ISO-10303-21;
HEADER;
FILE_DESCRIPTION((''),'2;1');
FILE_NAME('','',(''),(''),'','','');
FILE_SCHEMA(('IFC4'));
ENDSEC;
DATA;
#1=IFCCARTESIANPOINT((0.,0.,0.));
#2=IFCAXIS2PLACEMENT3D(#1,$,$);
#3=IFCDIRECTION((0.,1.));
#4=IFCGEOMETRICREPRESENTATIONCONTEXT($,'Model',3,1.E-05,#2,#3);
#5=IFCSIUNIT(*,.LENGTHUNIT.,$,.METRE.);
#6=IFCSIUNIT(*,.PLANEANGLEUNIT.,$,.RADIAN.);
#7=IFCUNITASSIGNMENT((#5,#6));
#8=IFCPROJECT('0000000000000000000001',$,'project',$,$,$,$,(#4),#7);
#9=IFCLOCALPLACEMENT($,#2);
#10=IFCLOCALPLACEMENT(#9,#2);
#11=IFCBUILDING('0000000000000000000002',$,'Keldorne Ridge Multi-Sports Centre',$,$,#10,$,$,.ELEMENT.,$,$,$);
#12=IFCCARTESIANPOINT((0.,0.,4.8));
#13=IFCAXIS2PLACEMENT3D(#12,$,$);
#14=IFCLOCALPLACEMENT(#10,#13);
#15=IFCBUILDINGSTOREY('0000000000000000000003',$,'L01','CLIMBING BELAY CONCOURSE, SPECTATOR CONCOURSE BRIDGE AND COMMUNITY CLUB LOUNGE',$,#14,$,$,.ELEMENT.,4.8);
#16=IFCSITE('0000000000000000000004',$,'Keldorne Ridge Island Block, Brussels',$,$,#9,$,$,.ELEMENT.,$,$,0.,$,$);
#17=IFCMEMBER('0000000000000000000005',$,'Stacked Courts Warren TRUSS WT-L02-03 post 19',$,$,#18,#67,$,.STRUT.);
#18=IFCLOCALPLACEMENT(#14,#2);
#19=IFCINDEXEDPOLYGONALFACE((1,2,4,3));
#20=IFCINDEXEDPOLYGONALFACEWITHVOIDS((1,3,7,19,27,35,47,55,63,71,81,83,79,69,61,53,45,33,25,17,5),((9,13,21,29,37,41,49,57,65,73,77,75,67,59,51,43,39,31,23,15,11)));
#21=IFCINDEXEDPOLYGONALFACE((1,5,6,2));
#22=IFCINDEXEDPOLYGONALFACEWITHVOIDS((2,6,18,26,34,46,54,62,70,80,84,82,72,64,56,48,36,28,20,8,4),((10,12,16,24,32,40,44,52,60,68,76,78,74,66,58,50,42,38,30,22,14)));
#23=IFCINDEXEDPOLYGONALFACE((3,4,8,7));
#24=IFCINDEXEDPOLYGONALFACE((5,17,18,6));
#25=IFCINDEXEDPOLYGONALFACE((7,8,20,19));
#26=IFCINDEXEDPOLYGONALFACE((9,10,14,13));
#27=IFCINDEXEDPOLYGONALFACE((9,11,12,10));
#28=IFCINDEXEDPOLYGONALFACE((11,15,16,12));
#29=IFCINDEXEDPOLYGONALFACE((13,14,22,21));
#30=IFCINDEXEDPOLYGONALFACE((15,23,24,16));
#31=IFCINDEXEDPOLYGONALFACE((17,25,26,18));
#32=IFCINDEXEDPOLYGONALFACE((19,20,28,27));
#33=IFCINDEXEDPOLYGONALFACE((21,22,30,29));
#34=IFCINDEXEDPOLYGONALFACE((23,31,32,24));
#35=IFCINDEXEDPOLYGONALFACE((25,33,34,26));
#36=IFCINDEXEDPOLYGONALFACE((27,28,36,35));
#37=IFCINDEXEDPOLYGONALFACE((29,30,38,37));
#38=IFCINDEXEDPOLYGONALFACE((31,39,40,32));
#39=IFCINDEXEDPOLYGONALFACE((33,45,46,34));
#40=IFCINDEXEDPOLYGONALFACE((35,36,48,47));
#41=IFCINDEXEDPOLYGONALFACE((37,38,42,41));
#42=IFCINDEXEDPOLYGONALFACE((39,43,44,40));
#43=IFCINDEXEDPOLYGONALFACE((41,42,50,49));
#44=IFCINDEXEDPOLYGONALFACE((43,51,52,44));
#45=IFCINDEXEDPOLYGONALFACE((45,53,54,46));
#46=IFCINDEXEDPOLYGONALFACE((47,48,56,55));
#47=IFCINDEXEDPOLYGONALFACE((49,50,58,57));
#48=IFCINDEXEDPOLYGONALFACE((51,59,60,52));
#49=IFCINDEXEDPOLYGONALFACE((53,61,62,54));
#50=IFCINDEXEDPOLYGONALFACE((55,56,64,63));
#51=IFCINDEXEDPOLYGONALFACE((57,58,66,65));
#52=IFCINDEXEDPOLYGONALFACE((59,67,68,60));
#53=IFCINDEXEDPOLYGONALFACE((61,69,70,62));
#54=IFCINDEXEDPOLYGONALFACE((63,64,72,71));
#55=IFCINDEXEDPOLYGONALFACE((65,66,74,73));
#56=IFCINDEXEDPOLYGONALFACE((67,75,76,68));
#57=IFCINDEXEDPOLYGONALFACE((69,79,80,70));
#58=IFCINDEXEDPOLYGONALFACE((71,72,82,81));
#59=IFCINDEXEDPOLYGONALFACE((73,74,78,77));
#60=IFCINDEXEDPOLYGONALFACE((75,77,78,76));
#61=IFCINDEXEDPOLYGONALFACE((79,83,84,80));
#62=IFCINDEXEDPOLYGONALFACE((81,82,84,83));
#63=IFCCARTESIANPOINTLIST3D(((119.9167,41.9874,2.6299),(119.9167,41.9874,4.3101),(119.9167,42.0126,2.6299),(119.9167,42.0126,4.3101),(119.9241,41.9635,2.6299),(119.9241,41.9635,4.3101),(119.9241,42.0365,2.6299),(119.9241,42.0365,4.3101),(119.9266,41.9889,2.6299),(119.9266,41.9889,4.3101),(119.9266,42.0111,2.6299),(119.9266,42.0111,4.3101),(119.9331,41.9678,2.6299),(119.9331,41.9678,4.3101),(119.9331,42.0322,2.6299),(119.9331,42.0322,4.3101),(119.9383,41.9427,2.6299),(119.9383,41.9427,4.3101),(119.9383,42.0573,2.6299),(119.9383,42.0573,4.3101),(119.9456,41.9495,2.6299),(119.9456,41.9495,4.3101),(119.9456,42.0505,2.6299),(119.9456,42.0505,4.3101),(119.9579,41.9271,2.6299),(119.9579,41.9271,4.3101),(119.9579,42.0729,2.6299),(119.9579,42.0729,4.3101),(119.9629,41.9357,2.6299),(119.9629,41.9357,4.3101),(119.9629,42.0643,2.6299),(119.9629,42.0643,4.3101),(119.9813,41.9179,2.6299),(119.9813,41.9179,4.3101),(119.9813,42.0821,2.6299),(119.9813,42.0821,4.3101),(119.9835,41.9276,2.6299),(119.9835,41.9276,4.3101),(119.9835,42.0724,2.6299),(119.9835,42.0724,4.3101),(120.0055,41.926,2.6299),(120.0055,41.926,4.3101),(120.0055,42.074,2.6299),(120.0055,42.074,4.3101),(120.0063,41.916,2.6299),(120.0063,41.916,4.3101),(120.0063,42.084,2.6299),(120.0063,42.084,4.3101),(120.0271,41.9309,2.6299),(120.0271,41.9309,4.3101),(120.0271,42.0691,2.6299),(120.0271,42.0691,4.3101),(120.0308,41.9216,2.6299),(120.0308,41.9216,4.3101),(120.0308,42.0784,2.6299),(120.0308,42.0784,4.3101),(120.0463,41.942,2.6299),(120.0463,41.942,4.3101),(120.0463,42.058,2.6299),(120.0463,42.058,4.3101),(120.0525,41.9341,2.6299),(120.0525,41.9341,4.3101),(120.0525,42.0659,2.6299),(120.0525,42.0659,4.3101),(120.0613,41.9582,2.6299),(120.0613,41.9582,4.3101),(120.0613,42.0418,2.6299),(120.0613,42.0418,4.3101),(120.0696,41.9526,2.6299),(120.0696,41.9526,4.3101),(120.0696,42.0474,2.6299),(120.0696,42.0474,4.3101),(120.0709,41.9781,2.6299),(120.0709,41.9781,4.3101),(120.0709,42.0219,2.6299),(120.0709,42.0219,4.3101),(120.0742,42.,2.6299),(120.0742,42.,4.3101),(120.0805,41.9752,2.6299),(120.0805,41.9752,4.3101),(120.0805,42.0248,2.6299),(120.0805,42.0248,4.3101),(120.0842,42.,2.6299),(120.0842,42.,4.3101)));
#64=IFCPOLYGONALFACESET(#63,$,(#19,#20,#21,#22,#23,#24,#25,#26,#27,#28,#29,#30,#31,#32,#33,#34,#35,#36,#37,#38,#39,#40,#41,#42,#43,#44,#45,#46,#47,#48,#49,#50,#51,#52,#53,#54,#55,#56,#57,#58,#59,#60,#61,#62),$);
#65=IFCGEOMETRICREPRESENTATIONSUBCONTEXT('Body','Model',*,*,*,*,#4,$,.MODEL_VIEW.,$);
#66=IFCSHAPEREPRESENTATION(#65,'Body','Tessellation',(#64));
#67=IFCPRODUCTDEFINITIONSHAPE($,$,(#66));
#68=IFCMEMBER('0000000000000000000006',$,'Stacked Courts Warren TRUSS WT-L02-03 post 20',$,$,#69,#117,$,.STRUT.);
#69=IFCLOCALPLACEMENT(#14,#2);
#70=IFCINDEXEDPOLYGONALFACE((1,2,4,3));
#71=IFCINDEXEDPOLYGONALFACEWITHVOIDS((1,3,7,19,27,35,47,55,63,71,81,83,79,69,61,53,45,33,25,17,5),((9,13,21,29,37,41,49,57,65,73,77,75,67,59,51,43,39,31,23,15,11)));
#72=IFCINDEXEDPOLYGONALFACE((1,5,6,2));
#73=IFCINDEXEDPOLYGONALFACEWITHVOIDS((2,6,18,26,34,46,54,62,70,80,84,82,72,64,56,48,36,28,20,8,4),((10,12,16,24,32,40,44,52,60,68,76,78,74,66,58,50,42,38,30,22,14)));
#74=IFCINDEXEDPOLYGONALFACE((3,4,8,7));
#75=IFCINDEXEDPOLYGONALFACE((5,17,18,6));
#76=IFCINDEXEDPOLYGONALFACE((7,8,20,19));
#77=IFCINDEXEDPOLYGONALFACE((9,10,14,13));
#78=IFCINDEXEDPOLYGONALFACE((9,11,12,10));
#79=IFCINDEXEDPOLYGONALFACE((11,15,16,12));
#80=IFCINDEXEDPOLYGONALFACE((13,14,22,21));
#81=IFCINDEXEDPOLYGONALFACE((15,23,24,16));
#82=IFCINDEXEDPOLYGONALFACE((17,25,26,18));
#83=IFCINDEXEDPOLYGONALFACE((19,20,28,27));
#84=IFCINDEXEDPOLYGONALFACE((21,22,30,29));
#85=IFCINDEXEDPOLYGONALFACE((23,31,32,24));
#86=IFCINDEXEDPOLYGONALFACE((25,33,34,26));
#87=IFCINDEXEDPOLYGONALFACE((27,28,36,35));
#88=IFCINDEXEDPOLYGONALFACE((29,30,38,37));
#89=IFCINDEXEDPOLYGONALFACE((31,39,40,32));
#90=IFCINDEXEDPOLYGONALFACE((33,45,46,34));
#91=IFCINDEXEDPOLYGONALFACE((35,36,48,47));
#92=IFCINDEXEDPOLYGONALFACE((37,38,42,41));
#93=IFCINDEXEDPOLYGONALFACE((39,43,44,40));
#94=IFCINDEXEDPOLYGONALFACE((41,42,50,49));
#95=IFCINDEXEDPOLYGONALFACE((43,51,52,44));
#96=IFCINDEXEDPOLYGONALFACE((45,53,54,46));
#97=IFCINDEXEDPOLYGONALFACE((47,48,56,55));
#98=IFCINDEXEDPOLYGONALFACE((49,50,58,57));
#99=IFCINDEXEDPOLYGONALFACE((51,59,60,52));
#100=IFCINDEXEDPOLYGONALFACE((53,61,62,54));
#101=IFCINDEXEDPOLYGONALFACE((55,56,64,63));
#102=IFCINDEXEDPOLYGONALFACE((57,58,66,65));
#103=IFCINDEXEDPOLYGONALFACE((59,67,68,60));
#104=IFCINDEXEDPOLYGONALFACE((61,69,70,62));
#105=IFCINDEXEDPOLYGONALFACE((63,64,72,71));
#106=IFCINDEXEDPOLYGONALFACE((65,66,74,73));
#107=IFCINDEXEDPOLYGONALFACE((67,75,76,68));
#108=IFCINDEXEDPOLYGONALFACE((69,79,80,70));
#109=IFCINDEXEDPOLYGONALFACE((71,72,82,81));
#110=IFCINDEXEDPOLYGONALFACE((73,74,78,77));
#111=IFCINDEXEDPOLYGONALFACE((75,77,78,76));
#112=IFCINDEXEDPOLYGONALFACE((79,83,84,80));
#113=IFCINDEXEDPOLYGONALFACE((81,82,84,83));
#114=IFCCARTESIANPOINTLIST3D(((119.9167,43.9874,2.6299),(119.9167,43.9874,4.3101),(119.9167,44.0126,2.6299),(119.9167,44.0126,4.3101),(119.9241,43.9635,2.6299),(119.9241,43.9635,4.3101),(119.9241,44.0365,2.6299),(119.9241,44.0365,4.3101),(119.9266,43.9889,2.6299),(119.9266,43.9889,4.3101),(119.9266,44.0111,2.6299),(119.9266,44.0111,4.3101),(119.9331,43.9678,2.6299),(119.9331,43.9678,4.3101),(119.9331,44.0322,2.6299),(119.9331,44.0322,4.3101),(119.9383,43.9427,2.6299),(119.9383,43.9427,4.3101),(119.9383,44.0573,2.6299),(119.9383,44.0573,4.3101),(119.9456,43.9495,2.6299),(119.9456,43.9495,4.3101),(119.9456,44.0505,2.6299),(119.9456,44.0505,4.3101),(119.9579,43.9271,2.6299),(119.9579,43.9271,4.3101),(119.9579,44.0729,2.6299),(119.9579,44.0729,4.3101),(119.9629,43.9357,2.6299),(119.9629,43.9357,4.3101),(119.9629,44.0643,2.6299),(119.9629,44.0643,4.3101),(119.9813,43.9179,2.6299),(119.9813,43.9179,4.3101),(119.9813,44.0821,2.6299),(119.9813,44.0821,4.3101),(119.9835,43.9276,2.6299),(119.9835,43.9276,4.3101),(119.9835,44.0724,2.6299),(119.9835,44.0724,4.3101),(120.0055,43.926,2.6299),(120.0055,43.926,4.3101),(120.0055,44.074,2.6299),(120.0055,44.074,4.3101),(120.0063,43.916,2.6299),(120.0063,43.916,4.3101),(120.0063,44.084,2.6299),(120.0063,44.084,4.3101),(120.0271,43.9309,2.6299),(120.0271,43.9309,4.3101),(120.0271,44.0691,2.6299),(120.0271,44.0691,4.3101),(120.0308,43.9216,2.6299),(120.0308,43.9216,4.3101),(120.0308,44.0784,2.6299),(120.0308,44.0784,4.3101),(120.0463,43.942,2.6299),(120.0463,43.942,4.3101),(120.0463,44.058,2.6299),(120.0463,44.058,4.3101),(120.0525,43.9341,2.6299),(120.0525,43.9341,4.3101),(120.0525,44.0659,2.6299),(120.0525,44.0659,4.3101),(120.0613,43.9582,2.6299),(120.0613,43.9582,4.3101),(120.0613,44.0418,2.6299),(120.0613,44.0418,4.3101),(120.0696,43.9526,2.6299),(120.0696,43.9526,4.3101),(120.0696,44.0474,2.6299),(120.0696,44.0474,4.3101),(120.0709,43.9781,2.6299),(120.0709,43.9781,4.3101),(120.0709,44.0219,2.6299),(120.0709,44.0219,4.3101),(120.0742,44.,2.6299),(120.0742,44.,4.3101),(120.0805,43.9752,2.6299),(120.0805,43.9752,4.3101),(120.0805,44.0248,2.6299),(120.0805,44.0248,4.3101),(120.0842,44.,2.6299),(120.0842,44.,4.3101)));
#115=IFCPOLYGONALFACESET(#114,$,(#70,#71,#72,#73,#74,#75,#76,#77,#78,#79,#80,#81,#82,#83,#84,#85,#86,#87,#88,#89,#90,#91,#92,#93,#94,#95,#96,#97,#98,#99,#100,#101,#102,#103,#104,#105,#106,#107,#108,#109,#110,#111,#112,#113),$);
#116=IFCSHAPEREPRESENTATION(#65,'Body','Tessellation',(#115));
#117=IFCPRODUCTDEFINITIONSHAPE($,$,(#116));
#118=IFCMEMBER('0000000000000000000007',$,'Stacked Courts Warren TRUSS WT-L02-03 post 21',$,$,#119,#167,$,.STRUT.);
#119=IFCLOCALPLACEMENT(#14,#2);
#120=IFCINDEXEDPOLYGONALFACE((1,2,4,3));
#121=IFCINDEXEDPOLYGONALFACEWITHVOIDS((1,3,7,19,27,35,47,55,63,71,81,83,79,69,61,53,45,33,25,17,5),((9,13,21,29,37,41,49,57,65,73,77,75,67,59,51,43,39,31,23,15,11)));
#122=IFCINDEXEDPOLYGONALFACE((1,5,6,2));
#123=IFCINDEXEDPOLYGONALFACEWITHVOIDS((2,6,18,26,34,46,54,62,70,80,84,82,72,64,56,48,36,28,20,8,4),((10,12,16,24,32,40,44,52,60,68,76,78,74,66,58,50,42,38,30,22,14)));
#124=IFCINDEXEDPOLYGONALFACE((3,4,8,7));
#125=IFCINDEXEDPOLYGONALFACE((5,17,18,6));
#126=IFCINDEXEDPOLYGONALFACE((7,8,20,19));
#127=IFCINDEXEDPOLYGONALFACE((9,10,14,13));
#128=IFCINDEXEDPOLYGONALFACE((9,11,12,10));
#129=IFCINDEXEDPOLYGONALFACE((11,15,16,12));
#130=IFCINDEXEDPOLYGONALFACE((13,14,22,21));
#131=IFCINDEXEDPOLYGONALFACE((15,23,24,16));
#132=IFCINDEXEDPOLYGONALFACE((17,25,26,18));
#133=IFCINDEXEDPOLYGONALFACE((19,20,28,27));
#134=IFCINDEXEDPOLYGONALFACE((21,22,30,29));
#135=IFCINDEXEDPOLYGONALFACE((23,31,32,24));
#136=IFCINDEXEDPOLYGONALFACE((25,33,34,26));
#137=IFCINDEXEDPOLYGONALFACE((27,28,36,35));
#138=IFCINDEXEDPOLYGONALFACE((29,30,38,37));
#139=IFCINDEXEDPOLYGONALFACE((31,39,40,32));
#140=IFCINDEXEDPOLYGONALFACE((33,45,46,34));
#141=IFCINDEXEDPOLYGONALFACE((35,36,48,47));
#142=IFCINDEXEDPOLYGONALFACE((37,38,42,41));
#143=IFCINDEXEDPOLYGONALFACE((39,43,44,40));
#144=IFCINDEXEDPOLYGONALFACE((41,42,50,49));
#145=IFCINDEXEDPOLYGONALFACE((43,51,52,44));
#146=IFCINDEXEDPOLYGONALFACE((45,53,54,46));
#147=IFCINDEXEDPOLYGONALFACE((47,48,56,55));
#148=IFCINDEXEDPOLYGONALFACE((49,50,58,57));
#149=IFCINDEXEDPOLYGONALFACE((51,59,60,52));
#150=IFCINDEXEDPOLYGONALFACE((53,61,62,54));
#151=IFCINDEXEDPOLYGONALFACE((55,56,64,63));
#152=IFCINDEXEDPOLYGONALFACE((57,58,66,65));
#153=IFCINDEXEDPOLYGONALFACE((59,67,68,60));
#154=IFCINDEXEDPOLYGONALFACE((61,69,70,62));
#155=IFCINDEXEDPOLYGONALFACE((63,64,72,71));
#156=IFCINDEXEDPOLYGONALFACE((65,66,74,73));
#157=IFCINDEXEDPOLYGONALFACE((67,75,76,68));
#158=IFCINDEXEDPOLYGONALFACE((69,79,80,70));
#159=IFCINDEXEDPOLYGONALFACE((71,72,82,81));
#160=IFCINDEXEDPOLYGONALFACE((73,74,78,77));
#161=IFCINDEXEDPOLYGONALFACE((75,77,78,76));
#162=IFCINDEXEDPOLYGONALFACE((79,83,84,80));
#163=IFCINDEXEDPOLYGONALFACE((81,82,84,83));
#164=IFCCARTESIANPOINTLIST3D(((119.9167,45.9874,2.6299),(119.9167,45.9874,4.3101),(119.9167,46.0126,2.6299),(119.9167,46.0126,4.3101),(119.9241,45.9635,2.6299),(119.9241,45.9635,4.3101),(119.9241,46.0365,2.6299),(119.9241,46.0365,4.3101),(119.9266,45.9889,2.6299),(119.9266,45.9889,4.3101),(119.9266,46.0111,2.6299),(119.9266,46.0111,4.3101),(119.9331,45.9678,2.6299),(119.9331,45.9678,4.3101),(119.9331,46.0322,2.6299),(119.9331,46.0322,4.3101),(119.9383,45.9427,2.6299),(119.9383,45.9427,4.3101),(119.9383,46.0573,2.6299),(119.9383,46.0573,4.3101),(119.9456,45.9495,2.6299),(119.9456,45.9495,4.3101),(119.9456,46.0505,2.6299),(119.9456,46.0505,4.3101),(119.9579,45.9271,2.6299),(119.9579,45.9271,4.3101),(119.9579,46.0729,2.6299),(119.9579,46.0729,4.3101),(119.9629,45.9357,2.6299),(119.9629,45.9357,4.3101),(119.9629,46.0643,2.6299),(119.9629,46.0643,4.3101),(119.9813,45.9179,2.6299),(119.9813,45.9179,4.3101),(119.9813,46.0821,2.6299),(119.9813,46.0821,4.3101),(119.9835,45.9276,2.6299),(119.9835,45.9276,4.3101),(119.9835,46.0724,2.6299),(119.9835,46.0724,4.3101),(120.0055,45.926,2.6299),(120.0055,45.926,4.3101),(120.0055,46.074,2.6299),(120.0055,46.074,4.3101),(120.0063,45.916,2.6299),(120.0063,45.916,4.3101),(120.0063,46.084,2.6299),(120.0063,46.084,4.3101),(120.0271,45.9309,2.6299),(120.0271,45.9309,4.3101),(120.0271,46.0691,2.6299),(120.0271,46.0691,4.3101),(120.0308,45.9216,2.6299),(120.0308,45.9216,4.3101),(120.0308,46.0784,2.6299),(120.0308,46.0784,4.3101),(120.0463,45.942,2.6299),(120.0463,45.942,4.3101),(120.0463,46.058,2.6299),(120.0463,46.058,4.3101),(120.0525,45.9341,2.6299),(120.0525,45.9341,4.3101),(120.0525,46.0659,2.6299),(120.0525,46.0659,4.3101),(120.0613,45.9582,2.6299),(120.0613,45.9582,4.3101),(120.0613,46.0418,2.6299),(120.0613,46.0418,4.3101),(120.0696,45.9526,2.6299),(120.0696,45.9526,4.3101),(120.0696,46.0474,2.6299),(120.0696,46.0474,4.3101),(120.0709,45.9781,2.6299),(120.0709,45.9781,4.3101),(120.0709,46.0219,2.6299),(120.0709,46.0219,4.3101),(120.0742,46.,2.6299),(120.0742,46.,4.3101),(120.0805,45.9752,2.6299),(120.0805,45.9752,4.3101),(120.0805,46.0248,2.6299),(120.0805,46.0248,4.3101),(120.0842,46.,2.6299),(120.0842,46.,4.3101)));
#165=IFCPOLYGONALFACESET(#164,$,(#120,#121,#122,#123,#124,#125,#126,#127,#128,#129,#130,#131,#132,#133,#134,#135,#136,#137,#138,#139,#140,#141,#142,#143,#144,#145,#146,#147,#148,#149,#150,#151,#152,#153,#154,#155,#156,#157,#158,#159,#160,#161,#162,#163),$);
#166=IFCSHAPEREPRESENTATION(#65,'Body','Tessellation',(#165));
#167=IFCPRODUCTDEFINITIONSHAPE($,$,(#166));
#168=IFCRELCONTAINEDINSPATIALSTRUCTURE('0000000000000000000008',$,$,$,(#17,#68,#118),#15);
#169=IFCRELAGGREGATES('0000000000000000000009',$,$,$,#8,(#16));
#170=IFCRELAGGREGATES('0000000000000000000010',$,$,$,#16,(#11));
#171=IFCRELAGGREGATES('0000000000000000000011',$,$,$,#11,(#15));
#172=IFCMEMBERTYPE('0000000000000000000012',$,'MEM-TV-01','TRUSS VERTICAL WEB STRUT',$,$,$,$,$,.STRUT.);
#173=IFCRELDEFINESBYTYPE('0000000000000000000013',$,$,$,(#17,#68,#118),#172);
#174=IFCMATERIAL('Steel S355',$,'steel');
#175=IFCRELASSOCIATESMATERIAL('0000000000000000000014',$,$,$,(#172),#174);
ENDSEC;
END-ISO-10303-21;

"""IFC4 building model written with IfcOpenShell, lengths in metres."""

from ifc_helpers import new_model, si_unit, direction, frame, origin, origin_2d, place, context, subcontext, project, spatial, hollow_circle, extrude, material, material_profile, profile_set, type_object, element, save


model = new_model("IFC4")

# Units and contexts
model_context = context("Model", 3, precision=1e-05, world=origin(), true_north=direction((0.0, 1.0)))
body_context = subcontext(model_context, "Body", "Model", "MODEL_VIEW")
ifc_project = project(units=[si_unit("LENGTHUNIT", "METRE"), si_unit("PLANEANGLEUNIT", "RADIAN")], contexts=[model_context])

# Site, building, storey
site_placement = place(None, origin())
site = spatial("IfcSite", under=ifc_project, at=site_placement, Name="Keldorne Ridge Island Block, Brussels", CompositionType="ELEMENT", RefElevation=0.0)
building_placement = place(site_placement, origin())
building = spatial("IfcBuilding", under=site, at=building_placement, Name="Keldorne Ridge Multi-Sports Centre", CompositionType="ELEMENT")
storey_placement = place(building_placement, frame((0.0, 0.0, 4.8)))
storey = spatial("IfcBuildingStorey", under=building, at=storey_placement, Name="L01", Description="CLIMBING BELAY CONCOURSE, SPECTATOR CONCOURSE BRIDGE AND COMMUNITY CLUB LOUNGE", CompositionType="ELEMENT", Elevation=4.8)

# Members
ifc_material = material(Name="Steel S355", Category="steel")
ifc_material_profile_1 = material_profile(ifc_material, hollow_circle(Radius=0.0842, WallThickness=0.01, at=origin_2d()), Name="CHS 168.3x10")
ifc_profile_set_1 = profile_set([ifc_material_profile_1], Name="Steel S355")
member_type_1 = type_object("IfcMemberType", Name="MEM-TV-01", Description="TRUSS VERTICAL WEB STRUT", PredefinedType="STRUT", material=ifc_profile_set_1)
for number, where, z_axis, x_axis, name in (
    (1, (120.0, 42.0, 2.6299), (0.0, 0.0, 1.0), (1.0, 0.0, 0.0), "Stacked Courts Warren TRUSS WT-L02-03 post 19"),
    (2, (120.0, 44.0, 2.6299), (0.0, 0.0, 1.0), (1.0, 0.0, 0.0), "Stacked Courts Warren TRUSS WT-L02-03 post 20"),
    (3, (120.0, 46.0, 2.6299), (0.0, 0.0, 1.0), (1.0, 0.0, 0.0), "Stacked Courts Warren TRUSS WT-L02-03 post 21"),
):
    element("IfcMember", number, at=place(storey_placement, frame(where, z_axis=z_axis, x_axis=x_axis)), inside=storey, type_object=member_type_1, Name=name, PredefinedType="STRUT", context=body_context, shape_type="SweptSolid", body=[
        extrude(hollow_circle(Radius=0.0842, WallThickness=0.01, at=origin_2d()), origin(), (0.0, 0.0, 1.0), 1.6802),
    ])

save(model, "model.ifc")
